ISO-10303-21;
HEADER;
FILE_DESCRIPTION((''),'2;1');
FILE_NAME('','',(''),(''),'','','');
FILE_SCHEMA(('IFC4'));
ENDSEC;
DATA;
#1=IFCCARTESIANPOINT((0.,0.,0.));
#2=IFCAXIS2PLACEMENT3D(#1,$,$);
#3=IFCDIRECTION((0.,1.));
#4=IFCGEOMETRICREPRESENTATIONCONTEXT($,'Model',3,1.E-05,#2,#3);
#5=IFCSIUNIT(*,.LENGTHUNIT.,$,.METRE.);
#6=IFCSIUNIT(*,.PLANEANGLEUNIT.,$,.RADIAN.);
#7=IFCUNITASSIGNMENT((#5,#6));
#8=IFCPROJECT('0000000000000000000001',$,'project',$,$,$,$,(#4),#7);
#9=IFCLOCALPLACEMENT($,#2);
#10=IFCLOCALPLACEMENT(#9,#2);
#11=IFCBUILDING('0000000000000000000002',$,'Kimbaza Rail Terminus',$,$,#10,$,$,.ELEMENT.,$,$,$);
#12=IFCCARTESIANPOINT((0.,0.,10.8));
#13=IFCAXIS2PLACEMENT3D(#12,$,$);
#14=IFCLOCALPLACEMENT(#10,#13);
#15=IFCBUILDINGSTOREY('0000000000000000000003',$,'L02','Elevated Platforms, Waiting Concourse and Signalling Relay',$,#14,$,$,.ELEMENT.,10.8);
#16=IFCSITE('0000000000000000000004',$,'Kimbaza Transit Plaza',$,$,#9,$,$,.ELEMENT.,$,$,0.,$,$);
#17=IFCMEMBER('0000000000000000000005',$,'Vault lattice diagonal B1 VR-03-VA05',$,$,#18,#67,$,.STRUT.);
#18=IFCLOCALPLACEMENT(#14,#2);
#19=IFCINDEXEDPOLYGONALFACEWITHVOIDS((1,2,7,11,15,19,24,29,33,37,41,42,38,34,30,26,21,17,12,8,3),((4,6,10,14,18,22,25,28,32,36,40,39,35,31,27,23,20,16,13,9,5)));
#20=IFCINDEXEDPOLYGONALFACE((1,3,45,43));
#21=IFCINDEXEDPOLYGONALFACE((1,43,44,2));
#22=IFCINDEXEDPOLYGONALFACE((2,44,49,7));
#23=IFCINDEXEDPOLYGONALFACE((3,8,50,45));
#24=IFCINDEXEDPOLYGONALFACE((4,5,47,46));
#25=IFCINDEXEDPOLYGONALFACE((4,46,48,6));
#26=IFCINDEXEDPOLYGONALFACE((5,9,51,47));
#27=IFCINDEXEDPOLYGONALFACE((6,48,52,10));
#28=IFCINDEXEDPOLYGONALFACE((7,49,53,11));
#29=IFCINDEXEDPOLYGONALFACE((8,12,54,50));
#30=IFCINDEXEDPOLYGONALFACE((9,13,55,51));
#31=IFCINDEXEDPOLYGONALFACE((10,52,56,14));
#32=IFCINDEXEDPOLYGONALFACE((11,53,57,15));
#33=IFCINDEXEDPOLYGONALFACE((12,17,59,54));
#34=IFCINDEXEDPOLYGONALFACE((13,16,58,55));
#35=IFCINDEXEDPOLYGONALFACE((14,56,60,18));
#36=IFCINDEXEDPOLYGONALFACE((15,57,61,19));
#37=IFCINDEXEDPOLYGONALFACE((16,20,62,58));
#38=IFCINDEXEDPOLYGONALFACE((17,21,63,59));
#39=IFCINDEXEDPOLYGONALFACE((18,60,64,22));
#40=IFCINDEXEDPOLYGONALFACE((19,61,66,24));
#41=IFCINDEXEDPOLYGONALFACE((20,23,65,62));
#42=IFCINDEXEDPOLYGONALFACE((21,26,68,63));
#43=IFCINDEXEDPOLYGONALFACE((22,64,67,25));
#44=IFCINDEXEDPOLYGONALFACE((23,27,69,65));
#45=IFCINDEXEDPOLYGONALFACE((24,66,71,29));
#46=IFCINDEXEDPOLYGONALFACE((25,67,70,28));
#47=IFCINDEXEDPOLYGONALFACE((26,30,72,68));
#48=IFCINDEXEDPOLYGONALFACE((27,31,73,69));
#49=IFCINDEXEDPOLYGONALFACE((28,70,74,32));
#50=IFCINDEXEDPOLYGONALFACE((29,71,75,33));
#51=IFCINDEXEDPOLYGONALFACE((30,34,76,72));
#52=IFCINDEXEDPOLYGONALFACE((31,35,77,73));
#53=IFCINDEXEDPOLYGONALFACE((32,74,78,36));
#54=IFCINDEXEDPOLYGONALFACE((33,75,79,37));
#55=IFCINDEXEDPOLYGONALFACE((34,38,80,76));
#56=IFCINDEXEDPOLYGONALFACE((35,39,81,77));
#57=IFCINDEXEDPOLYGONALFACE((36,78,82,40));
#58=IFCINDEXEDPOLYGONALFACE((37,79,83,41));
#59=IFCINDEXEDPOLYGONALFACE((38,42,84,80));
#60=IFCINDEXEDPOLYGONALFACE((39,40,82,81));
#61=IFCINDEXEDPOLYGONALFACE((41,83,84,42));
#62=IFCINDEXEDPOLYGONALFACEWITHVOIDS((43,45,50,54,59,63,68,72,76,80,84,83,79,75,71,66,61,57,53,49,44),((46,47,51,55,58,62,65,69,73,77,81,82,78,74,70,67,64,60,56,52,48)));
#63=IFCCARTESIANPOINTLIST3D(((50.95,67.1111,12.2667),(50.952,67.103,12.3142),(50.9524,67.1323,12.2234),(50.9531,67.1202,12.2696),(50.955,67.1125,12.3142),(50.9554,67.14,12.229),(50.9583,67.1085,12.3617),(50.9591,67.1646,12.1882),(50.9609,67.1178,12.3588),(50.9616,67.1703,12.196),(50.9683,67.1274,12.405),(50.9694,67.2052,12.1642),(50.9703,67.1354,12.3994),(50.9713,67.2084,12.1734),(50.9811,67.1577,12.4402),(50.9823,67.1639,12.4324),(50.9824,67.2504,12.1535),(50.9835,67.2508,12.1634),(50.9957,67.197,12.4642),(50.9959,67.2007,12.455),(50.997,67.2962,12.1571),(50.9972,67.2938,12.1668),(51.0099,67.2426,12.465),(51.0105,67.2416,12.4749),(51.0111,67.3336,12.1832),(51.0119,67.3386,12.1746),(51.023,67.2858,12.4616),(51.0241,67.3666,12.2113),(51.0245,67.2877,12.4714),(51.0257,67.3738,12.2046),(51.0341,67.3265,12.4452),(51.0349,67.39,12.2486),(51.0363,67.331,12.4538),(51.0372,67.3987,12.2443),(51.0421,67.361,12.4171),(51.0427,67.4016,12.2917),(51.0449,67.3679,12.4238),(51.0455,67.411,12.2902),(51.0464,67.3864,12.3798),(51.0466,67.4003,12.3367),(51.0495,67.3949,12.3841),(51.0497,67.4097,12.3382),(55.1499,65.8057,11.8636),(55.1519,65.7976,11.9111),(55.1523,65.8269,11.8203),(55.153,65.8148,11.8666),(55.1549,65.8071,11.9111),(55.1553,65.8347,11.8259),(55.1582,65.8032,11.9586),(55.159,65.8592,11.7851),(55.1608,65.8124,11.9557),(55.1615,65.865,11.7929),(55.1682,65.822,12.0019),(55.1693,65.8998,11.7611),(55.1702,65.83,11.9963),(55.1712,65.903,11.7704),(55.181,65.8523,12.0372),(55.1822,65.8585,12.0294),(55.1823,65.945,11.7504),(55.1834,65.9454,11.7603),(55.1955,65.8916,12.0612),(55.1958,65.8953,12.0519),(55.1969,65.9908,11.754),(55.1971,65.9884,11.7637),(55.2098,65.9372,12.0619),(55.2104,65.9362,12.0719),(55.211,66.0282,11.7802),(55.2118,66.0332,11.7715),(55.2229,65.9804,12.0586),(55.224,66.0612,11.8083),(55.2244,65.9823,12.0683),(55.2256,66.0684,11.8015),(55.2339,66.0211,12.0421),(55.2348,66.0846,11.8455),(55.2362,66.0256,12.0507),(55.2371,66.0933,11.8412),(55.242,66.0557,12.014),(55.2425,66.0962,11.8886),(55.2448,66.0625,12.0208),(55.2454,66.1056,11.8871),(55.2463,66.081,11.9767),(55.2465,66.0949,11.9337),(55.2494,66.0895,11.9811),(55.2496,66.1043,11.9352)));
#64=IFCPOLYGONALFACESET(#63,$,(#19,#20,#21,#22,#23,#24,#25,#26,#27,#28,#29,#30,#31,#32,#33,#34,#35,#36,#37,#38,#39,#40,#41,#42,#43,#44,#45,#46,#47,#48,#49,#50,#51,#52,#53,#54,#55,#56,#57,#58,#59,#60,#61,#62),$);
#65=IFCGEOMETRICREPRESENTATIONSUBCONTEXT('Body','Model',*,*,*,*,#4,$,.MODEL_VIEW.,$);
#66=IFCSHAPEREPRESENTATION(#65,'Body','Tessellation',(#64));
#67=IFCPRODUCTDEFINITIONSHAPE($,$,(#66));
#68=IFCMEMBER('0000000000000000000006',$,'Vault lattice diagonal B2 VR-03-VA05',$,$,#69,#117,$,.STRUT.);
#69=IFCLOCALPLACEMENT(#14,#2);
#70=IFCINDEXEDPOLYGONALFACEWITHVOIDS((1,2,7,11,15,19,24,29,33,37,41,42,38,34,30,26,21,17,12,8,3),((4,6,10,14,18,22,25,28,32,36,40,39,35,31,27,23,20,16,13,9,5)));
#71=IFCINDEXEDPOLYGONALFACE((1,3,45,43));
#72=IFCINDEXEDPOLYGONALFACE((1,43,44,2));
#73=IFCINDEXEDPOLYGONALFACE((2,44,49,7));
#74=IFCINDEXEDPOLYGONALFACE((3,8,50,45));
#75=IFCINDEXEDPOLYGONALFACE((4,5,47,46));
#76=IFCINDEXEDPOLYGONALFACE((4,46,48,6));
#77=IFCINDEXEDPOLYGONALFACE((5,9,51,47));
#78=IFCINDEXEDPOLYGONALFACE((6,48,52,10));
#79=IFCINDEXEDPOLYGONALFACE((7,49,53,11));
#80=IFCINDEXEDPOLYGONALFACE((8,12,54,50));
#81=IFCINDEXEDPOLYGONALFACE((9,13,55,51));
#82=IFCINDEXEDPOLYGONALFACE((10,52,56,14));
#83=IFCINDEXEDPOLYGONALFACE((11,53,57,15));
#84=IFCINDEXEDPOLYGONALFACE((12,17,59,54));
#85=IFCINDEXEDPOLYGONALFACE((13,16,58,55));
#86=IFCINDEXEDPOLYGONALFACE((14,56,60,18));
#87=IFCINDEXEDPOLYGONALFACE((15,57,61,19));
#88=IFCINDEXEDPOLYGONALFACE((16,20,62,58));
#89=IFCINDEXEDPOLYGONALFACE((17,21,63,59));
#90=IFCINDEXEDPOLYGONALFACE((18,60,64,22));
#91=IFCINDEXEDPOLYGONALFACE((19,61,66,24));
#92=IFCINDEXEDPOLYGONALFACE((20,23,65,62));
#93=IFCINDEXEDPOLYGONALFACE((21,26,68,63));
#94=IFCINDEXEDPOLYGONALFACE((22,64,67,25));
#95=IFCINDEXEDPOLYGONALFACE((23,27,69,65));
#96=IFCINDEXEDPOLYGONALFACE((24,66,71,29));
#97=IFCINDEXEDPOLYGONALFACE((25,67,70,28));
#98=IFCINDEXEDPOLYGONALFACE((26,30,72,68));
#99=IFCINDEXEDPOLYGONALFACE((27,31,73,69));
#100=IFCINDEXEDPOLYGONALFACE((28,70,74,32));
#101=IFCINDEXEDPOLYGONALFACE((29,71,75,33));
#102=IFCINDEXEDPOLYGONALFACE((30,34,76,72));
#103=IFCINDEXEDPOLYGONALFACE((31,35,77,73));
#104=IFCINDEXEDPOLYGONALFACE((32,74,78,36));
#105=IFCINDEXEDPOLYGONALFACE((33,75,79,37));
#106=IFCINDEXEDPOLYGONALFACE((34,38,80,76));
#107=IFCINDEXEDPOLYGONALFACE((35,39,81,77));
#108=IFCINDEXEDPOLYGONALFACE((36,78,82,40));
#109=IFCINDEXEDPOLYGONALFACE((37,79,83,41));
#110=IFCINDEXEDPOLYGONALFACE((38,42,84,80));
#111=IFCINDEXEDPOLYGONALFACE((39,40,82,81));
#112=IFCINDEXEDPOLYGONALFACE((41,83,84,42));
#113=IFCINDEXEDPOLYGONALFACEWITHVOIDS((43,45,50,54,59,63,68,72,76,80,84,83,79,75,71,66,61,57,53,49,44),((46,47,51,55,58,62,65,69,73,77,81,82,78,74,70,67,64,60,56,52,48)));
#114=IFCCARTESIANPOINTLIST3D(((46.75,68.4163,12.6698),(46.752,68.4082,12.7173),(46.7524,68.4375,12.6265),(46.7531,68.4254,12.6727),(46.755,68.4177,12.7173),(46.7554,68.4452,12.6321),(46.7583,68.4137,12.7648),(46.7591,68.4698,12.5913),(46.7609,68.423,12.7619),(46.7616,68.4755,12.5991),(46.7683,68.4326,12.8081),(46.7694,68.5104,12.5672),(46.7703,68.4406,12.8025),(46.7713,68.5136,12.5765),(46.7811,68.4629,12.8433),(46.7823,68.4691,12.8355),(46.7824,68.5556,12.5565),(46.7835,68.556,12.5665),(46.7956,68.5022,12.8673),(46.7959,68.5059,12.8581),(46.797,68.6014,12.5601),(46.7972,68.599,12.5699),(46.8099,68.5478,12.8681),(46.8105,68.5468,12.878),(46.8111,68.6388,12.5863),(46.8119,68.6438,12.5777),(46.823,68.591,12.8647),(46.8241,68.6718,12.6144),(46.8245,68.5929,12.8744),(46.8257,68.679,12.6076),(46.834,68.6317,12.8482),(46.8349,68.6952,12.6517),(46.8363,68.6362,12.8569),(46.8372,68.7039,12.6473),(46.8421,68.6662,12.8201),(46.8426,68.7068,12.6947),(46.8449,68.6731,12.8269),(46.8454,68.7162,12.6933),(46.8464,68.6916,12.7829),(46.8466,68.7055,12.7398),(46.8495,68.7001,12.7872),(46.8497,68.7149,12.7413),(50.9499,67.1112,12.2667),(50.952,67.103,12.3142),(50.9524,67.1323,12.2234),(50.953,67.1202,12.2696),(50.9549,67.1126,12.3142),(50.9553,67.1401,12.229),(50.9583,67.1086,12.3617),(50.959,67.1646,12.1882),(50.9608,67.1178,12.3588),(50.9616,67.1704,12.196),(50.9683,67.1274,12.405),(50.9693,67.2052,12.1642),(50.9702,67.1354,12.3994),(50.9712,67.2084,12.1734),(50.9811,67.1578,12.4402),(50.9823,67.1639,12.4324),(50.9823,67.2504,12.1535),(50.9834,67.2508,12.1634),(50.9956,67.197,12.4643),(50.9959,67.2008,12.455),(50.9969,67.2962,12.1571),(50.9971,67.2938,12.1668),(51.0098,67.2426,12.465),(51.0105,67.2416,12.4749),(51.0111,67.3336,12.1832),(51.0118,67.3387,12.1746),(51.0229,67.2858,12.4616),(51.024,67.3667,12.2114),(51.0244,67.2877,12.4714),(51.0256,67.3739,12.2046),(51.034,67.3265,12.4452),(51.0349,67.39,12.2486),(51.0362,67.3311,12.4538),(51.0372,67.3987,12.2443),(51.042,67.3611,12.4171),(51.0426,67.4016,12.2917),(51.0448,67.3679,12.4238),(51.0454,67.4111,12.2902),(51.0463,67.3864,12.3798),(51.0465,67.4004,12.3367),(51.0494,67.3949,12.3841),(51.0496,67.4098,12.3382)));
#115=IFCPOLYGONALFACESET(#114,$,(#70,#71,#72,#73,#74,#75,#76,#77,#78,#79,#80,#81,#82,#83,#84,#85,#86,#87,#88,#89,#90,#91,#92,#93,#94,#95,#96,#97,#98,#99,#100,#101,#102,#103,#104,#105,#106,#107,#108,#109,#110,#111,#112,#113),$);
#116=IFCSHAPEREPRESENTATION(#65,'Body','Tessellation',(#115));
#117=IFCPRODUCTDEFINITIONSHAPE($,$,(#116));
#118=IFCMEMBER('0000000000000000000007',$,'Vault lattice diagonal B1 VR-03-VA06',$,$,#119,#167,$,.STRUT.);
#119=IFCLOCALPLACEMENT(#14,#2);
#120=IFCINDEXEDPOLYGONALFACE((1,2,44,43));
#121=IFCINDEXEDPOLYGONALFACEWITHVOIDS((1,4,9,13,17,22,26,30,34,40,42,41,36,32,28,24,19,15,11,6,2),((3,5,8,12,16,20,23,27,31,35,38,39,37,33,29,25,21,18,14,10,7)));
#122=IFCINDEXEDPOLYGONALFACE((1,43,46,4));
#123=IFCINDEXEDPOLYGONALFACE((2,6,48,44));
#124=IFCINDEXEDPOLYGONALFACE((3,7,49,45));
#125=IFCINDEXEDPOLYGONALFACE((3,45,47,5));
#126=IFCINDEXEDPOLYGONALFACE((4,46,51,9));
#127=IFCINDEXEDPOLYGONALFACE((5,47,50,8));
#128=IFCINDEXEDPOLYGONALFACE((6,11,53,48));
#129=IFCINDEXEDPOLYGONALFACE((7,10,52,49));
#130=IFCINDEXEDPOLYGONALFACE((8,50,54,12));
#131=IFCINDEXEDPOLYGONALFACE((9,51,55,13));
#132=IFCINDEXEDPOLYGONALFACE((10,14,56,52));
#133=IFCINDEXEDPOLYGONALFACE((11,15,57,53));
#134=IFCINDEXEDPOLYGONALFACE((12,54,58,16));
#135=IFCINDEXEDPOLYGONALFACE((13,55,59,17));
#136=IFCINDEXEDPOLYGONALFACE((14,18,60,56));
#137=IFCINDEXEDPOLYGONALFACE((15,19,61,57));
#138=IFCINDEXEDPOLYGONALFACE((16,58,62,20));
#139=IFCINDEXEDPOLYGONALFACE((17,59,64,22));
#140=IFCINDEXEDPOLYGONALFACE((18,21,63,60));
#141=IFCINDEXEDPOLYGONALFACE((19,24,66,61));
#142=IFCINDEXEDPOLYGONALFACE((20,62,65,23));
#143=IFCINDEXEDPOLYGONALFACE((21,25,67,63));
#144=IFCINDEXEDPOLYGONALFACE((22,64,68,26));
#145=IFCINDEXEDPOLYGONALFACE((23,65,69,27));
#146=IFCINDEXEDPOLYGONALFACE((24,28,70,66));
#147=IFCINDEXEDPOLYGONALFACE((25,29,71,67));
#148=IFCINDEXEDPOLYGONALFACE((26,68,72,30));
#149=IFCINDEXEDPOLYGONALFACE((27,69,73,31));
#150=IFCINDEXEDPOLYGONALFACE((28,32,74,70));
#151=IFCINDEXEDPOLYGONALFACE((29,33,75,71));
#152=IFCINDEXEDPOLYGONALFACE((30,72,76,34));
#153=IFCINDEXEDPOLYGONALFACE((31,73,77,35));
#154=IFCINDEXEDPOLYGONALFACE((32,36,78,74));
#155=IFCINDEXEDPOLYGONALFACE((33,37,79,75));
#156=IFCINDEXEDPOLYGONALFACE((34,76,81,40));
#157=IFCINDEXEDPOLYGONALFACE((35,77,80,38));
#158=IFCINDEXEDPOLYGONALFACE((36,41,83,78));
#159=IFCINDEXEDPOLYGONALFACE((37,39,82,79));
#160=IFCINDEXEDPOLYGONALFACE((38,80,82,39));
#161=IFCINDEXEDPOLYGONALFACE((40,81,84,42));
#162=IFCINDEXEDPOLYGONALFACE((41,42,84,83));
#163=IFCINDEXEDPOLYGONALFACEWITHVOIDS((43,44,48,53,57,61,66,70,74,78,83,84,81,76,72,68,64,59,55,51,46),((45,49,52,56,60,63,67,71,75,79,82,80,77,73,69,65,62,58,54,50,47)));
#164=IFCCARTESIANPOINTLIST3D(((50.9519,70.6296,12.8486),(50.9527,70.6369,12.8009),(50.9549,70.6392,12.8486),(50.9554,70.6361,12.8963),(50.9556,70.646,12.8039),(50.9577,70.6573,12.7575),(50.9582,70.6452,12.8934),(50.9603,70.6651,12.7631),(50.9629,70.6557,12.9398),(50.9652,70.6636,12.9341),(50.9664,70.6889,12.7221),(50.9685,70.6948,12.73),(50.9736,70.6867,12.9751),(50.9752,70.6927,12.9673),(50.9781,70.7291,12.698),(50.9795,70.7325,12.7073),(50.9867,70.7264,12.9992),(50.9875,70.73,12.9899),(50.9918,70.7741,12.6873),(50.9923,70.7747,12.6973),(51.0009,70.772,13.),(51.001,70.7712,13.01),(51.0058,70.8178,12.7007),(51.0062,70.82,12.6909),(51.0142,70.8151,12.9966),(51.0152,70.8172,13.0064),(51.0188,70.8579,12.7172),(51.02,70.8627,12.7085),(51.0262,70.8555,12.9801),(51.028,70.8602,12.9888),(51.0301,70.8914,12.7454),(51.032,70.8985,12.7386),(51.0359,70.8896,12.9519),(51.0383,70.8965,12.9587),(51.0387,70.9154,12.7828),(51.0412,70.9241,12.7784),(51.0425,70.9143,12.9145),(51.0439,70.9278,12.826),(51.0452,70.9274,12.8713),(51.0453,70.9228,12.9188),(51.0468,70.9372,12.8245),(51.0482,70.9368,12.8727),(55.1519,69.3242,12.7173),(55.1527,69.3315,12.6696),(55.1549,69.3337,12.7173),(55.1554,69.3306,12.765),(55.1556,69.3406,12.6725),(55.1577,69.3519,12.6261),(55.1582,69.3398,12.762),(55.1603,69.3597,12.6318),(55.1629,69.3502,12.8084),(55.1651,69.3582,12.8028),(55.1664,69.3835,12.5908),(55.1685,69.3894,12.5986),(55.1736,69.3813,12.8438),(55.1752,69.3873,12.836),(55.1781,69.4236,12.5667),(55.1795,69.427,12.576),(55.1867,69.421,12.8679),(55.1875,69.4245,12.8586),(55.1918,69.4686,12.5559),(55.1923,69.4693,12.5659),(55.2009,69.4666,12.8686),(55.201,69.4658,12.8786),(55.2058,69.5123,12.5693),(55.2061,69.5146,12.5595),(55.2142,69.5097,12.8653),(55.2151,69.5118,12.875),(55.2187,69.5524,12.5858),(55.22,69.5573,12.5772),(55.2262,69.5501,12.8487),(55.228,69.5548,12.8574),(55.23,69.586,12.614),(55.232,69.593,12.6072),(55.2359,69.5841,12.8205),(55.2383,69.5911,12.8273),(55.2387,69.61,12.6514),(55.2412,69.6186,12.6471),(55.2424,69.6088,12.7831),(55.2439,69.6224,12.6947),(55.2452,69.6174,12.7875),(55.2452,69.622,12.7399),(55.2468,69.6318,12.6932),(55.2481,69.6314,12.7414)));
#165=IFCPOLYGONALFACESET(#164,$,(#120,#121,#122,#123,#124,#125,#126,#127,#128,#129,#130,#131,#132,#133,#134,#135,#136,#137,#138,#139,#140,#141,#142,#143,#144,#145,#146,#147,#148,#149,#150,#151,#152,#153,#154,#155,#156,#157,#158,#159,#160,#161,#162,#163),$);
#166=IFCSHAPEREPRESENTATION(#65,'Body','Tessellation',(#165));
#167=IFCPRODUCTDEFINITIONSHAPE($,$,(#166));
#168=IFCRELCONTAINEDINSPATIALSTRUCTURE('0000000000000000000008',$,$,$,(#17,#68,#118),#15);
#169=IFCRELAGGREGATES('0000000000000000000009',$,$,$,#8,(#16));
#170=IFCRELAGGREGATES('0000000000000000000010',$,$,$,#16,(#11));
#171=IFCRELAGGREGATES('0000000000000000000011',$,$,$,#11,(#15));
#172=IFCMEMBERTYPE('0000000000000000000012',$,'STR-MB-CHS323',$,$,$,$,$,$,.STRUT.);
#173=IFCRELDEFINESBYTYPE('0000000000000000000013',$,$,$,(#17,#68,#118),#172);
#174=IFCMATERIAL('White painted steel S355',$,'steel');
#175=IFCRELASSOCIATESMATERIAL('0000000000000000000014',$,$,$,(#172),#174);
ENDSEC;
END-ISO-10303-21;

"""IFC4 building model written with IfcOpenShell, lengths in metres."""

from ifc_helpers import new_model, si_unit, direction, frame, origin, origin_2d, place, context, subcontext, project, spatial, hollow_circle, extrude, material, material_profile, profile_set, type_object, element, save


model = new_model("IFC4")

# Units and contexts
model_context = context("Model", 3, precision=1e-05, world=origin(), true_north=direction((0.0, 1.0)))
body_context = subcontext(model_context, "Body", "Model", "MODEL_VIEW")
ifc_project = project(units=[si_unit("LENGTHUNIT", "METRE"), si_unit("PLANEANGLEUNIT", "RADIAN")], contexts=[model_context])

# Site, building, storey
site_placement = place(None, origin())
site = spatial("IfcSite", under=ifc_project, at=site_placement, Name="Kimbaza Transit Plaza", CompositionType="ELEMENT", RefElevation=0.0)
building_placement = place(site_placement, origin())
building = spatial("IfcBuilding", under=site, at=building_placement, Name="Kimbaza Rail Terminus", CompositionType="ELEMENT")
storey_placement = place(building_placement, frame((0.0, 0.0, 10.8)))
storey = spatial("IfcBuildingStorey", under=building, at=storey_placement, Name="L02", Description="Elevated Platforms, Waiting Concourse and Signalling Relay", CompositionType="ELEMENT", Elevation=10.8)

# Members
ifc_material_1 = material(Name="White painted steel S355", Category="steel")
ifc_material_profile_1 = material_profile(ifc_material_1, hollow_circle(Radius=0.1619, WallThickness=0.01, at=origin_2d()), Name="CHS 323.9x10")
ifc_profile_set_1 = profile_set([ifc_material_profile_1], Name="White painted steel S355")
member_type_1 = type_object("IfcMemberType", Name="STR-MB-CHS323", PredefinedType="STRUT", material=ifc_profile_set_1)
for number, where, z_axis, x_axis, name in (
    (1, (55.2, 65.9521, 11.9111), (-0.950951, 0.295573, 0.091264), (-0.296811, -0.954936, 0.0), "Vault lattice diagonal B1 VR-03-VA05"),
    (2, (51.0, 67.2576, 12.3142), (-0.950966, 0.295522, 0.091266), (-0.296761, -0.954952, 0.0), "Vault lattice diagonal B2 VR-03-VA05"),
):
    element("IfcMember", number, at=place(storey_placement, frame(where, z_axis=z_axis, x_axis=x_axis)), inside=storey, type_object=member_type_1, Name=name, PredefinedType="STRUT", context=body_context, shape_type="SweptSolid", body=[
        extrude(hollow_circle(Radius=0.1619, WallThickness=0.01, at=origin_2d()), origin(), (0.0, 0.0, 1.0), 4.4165),
    ])
for number, where, z_axis, x_axis, name in (
    (3, (55.2, 69.4788, 12.7173), (-0.954511, 0.296679, 0.029851), (-0.296811, -0.954936, 0.0), "Vault lattice diagonal B1 VR-03-VA06"),
):
    element("IfcMember", number, at=place(storey_placement, frame(where, z_axis=z_axis, x_axis=x_axis)), inside=storey, type_object=member_type_1, Name=name, PredefinedType="STRUT", context=body_context, shape_type="SweptSolid", body=[
        extrude(hollow_circle(Radius=0.1619, WallThickness=0.01, at=origin_2d()), origin(), (0.0, 0.0, 1.0), 4.4001),
    ])

save(model, "model.ifc")
